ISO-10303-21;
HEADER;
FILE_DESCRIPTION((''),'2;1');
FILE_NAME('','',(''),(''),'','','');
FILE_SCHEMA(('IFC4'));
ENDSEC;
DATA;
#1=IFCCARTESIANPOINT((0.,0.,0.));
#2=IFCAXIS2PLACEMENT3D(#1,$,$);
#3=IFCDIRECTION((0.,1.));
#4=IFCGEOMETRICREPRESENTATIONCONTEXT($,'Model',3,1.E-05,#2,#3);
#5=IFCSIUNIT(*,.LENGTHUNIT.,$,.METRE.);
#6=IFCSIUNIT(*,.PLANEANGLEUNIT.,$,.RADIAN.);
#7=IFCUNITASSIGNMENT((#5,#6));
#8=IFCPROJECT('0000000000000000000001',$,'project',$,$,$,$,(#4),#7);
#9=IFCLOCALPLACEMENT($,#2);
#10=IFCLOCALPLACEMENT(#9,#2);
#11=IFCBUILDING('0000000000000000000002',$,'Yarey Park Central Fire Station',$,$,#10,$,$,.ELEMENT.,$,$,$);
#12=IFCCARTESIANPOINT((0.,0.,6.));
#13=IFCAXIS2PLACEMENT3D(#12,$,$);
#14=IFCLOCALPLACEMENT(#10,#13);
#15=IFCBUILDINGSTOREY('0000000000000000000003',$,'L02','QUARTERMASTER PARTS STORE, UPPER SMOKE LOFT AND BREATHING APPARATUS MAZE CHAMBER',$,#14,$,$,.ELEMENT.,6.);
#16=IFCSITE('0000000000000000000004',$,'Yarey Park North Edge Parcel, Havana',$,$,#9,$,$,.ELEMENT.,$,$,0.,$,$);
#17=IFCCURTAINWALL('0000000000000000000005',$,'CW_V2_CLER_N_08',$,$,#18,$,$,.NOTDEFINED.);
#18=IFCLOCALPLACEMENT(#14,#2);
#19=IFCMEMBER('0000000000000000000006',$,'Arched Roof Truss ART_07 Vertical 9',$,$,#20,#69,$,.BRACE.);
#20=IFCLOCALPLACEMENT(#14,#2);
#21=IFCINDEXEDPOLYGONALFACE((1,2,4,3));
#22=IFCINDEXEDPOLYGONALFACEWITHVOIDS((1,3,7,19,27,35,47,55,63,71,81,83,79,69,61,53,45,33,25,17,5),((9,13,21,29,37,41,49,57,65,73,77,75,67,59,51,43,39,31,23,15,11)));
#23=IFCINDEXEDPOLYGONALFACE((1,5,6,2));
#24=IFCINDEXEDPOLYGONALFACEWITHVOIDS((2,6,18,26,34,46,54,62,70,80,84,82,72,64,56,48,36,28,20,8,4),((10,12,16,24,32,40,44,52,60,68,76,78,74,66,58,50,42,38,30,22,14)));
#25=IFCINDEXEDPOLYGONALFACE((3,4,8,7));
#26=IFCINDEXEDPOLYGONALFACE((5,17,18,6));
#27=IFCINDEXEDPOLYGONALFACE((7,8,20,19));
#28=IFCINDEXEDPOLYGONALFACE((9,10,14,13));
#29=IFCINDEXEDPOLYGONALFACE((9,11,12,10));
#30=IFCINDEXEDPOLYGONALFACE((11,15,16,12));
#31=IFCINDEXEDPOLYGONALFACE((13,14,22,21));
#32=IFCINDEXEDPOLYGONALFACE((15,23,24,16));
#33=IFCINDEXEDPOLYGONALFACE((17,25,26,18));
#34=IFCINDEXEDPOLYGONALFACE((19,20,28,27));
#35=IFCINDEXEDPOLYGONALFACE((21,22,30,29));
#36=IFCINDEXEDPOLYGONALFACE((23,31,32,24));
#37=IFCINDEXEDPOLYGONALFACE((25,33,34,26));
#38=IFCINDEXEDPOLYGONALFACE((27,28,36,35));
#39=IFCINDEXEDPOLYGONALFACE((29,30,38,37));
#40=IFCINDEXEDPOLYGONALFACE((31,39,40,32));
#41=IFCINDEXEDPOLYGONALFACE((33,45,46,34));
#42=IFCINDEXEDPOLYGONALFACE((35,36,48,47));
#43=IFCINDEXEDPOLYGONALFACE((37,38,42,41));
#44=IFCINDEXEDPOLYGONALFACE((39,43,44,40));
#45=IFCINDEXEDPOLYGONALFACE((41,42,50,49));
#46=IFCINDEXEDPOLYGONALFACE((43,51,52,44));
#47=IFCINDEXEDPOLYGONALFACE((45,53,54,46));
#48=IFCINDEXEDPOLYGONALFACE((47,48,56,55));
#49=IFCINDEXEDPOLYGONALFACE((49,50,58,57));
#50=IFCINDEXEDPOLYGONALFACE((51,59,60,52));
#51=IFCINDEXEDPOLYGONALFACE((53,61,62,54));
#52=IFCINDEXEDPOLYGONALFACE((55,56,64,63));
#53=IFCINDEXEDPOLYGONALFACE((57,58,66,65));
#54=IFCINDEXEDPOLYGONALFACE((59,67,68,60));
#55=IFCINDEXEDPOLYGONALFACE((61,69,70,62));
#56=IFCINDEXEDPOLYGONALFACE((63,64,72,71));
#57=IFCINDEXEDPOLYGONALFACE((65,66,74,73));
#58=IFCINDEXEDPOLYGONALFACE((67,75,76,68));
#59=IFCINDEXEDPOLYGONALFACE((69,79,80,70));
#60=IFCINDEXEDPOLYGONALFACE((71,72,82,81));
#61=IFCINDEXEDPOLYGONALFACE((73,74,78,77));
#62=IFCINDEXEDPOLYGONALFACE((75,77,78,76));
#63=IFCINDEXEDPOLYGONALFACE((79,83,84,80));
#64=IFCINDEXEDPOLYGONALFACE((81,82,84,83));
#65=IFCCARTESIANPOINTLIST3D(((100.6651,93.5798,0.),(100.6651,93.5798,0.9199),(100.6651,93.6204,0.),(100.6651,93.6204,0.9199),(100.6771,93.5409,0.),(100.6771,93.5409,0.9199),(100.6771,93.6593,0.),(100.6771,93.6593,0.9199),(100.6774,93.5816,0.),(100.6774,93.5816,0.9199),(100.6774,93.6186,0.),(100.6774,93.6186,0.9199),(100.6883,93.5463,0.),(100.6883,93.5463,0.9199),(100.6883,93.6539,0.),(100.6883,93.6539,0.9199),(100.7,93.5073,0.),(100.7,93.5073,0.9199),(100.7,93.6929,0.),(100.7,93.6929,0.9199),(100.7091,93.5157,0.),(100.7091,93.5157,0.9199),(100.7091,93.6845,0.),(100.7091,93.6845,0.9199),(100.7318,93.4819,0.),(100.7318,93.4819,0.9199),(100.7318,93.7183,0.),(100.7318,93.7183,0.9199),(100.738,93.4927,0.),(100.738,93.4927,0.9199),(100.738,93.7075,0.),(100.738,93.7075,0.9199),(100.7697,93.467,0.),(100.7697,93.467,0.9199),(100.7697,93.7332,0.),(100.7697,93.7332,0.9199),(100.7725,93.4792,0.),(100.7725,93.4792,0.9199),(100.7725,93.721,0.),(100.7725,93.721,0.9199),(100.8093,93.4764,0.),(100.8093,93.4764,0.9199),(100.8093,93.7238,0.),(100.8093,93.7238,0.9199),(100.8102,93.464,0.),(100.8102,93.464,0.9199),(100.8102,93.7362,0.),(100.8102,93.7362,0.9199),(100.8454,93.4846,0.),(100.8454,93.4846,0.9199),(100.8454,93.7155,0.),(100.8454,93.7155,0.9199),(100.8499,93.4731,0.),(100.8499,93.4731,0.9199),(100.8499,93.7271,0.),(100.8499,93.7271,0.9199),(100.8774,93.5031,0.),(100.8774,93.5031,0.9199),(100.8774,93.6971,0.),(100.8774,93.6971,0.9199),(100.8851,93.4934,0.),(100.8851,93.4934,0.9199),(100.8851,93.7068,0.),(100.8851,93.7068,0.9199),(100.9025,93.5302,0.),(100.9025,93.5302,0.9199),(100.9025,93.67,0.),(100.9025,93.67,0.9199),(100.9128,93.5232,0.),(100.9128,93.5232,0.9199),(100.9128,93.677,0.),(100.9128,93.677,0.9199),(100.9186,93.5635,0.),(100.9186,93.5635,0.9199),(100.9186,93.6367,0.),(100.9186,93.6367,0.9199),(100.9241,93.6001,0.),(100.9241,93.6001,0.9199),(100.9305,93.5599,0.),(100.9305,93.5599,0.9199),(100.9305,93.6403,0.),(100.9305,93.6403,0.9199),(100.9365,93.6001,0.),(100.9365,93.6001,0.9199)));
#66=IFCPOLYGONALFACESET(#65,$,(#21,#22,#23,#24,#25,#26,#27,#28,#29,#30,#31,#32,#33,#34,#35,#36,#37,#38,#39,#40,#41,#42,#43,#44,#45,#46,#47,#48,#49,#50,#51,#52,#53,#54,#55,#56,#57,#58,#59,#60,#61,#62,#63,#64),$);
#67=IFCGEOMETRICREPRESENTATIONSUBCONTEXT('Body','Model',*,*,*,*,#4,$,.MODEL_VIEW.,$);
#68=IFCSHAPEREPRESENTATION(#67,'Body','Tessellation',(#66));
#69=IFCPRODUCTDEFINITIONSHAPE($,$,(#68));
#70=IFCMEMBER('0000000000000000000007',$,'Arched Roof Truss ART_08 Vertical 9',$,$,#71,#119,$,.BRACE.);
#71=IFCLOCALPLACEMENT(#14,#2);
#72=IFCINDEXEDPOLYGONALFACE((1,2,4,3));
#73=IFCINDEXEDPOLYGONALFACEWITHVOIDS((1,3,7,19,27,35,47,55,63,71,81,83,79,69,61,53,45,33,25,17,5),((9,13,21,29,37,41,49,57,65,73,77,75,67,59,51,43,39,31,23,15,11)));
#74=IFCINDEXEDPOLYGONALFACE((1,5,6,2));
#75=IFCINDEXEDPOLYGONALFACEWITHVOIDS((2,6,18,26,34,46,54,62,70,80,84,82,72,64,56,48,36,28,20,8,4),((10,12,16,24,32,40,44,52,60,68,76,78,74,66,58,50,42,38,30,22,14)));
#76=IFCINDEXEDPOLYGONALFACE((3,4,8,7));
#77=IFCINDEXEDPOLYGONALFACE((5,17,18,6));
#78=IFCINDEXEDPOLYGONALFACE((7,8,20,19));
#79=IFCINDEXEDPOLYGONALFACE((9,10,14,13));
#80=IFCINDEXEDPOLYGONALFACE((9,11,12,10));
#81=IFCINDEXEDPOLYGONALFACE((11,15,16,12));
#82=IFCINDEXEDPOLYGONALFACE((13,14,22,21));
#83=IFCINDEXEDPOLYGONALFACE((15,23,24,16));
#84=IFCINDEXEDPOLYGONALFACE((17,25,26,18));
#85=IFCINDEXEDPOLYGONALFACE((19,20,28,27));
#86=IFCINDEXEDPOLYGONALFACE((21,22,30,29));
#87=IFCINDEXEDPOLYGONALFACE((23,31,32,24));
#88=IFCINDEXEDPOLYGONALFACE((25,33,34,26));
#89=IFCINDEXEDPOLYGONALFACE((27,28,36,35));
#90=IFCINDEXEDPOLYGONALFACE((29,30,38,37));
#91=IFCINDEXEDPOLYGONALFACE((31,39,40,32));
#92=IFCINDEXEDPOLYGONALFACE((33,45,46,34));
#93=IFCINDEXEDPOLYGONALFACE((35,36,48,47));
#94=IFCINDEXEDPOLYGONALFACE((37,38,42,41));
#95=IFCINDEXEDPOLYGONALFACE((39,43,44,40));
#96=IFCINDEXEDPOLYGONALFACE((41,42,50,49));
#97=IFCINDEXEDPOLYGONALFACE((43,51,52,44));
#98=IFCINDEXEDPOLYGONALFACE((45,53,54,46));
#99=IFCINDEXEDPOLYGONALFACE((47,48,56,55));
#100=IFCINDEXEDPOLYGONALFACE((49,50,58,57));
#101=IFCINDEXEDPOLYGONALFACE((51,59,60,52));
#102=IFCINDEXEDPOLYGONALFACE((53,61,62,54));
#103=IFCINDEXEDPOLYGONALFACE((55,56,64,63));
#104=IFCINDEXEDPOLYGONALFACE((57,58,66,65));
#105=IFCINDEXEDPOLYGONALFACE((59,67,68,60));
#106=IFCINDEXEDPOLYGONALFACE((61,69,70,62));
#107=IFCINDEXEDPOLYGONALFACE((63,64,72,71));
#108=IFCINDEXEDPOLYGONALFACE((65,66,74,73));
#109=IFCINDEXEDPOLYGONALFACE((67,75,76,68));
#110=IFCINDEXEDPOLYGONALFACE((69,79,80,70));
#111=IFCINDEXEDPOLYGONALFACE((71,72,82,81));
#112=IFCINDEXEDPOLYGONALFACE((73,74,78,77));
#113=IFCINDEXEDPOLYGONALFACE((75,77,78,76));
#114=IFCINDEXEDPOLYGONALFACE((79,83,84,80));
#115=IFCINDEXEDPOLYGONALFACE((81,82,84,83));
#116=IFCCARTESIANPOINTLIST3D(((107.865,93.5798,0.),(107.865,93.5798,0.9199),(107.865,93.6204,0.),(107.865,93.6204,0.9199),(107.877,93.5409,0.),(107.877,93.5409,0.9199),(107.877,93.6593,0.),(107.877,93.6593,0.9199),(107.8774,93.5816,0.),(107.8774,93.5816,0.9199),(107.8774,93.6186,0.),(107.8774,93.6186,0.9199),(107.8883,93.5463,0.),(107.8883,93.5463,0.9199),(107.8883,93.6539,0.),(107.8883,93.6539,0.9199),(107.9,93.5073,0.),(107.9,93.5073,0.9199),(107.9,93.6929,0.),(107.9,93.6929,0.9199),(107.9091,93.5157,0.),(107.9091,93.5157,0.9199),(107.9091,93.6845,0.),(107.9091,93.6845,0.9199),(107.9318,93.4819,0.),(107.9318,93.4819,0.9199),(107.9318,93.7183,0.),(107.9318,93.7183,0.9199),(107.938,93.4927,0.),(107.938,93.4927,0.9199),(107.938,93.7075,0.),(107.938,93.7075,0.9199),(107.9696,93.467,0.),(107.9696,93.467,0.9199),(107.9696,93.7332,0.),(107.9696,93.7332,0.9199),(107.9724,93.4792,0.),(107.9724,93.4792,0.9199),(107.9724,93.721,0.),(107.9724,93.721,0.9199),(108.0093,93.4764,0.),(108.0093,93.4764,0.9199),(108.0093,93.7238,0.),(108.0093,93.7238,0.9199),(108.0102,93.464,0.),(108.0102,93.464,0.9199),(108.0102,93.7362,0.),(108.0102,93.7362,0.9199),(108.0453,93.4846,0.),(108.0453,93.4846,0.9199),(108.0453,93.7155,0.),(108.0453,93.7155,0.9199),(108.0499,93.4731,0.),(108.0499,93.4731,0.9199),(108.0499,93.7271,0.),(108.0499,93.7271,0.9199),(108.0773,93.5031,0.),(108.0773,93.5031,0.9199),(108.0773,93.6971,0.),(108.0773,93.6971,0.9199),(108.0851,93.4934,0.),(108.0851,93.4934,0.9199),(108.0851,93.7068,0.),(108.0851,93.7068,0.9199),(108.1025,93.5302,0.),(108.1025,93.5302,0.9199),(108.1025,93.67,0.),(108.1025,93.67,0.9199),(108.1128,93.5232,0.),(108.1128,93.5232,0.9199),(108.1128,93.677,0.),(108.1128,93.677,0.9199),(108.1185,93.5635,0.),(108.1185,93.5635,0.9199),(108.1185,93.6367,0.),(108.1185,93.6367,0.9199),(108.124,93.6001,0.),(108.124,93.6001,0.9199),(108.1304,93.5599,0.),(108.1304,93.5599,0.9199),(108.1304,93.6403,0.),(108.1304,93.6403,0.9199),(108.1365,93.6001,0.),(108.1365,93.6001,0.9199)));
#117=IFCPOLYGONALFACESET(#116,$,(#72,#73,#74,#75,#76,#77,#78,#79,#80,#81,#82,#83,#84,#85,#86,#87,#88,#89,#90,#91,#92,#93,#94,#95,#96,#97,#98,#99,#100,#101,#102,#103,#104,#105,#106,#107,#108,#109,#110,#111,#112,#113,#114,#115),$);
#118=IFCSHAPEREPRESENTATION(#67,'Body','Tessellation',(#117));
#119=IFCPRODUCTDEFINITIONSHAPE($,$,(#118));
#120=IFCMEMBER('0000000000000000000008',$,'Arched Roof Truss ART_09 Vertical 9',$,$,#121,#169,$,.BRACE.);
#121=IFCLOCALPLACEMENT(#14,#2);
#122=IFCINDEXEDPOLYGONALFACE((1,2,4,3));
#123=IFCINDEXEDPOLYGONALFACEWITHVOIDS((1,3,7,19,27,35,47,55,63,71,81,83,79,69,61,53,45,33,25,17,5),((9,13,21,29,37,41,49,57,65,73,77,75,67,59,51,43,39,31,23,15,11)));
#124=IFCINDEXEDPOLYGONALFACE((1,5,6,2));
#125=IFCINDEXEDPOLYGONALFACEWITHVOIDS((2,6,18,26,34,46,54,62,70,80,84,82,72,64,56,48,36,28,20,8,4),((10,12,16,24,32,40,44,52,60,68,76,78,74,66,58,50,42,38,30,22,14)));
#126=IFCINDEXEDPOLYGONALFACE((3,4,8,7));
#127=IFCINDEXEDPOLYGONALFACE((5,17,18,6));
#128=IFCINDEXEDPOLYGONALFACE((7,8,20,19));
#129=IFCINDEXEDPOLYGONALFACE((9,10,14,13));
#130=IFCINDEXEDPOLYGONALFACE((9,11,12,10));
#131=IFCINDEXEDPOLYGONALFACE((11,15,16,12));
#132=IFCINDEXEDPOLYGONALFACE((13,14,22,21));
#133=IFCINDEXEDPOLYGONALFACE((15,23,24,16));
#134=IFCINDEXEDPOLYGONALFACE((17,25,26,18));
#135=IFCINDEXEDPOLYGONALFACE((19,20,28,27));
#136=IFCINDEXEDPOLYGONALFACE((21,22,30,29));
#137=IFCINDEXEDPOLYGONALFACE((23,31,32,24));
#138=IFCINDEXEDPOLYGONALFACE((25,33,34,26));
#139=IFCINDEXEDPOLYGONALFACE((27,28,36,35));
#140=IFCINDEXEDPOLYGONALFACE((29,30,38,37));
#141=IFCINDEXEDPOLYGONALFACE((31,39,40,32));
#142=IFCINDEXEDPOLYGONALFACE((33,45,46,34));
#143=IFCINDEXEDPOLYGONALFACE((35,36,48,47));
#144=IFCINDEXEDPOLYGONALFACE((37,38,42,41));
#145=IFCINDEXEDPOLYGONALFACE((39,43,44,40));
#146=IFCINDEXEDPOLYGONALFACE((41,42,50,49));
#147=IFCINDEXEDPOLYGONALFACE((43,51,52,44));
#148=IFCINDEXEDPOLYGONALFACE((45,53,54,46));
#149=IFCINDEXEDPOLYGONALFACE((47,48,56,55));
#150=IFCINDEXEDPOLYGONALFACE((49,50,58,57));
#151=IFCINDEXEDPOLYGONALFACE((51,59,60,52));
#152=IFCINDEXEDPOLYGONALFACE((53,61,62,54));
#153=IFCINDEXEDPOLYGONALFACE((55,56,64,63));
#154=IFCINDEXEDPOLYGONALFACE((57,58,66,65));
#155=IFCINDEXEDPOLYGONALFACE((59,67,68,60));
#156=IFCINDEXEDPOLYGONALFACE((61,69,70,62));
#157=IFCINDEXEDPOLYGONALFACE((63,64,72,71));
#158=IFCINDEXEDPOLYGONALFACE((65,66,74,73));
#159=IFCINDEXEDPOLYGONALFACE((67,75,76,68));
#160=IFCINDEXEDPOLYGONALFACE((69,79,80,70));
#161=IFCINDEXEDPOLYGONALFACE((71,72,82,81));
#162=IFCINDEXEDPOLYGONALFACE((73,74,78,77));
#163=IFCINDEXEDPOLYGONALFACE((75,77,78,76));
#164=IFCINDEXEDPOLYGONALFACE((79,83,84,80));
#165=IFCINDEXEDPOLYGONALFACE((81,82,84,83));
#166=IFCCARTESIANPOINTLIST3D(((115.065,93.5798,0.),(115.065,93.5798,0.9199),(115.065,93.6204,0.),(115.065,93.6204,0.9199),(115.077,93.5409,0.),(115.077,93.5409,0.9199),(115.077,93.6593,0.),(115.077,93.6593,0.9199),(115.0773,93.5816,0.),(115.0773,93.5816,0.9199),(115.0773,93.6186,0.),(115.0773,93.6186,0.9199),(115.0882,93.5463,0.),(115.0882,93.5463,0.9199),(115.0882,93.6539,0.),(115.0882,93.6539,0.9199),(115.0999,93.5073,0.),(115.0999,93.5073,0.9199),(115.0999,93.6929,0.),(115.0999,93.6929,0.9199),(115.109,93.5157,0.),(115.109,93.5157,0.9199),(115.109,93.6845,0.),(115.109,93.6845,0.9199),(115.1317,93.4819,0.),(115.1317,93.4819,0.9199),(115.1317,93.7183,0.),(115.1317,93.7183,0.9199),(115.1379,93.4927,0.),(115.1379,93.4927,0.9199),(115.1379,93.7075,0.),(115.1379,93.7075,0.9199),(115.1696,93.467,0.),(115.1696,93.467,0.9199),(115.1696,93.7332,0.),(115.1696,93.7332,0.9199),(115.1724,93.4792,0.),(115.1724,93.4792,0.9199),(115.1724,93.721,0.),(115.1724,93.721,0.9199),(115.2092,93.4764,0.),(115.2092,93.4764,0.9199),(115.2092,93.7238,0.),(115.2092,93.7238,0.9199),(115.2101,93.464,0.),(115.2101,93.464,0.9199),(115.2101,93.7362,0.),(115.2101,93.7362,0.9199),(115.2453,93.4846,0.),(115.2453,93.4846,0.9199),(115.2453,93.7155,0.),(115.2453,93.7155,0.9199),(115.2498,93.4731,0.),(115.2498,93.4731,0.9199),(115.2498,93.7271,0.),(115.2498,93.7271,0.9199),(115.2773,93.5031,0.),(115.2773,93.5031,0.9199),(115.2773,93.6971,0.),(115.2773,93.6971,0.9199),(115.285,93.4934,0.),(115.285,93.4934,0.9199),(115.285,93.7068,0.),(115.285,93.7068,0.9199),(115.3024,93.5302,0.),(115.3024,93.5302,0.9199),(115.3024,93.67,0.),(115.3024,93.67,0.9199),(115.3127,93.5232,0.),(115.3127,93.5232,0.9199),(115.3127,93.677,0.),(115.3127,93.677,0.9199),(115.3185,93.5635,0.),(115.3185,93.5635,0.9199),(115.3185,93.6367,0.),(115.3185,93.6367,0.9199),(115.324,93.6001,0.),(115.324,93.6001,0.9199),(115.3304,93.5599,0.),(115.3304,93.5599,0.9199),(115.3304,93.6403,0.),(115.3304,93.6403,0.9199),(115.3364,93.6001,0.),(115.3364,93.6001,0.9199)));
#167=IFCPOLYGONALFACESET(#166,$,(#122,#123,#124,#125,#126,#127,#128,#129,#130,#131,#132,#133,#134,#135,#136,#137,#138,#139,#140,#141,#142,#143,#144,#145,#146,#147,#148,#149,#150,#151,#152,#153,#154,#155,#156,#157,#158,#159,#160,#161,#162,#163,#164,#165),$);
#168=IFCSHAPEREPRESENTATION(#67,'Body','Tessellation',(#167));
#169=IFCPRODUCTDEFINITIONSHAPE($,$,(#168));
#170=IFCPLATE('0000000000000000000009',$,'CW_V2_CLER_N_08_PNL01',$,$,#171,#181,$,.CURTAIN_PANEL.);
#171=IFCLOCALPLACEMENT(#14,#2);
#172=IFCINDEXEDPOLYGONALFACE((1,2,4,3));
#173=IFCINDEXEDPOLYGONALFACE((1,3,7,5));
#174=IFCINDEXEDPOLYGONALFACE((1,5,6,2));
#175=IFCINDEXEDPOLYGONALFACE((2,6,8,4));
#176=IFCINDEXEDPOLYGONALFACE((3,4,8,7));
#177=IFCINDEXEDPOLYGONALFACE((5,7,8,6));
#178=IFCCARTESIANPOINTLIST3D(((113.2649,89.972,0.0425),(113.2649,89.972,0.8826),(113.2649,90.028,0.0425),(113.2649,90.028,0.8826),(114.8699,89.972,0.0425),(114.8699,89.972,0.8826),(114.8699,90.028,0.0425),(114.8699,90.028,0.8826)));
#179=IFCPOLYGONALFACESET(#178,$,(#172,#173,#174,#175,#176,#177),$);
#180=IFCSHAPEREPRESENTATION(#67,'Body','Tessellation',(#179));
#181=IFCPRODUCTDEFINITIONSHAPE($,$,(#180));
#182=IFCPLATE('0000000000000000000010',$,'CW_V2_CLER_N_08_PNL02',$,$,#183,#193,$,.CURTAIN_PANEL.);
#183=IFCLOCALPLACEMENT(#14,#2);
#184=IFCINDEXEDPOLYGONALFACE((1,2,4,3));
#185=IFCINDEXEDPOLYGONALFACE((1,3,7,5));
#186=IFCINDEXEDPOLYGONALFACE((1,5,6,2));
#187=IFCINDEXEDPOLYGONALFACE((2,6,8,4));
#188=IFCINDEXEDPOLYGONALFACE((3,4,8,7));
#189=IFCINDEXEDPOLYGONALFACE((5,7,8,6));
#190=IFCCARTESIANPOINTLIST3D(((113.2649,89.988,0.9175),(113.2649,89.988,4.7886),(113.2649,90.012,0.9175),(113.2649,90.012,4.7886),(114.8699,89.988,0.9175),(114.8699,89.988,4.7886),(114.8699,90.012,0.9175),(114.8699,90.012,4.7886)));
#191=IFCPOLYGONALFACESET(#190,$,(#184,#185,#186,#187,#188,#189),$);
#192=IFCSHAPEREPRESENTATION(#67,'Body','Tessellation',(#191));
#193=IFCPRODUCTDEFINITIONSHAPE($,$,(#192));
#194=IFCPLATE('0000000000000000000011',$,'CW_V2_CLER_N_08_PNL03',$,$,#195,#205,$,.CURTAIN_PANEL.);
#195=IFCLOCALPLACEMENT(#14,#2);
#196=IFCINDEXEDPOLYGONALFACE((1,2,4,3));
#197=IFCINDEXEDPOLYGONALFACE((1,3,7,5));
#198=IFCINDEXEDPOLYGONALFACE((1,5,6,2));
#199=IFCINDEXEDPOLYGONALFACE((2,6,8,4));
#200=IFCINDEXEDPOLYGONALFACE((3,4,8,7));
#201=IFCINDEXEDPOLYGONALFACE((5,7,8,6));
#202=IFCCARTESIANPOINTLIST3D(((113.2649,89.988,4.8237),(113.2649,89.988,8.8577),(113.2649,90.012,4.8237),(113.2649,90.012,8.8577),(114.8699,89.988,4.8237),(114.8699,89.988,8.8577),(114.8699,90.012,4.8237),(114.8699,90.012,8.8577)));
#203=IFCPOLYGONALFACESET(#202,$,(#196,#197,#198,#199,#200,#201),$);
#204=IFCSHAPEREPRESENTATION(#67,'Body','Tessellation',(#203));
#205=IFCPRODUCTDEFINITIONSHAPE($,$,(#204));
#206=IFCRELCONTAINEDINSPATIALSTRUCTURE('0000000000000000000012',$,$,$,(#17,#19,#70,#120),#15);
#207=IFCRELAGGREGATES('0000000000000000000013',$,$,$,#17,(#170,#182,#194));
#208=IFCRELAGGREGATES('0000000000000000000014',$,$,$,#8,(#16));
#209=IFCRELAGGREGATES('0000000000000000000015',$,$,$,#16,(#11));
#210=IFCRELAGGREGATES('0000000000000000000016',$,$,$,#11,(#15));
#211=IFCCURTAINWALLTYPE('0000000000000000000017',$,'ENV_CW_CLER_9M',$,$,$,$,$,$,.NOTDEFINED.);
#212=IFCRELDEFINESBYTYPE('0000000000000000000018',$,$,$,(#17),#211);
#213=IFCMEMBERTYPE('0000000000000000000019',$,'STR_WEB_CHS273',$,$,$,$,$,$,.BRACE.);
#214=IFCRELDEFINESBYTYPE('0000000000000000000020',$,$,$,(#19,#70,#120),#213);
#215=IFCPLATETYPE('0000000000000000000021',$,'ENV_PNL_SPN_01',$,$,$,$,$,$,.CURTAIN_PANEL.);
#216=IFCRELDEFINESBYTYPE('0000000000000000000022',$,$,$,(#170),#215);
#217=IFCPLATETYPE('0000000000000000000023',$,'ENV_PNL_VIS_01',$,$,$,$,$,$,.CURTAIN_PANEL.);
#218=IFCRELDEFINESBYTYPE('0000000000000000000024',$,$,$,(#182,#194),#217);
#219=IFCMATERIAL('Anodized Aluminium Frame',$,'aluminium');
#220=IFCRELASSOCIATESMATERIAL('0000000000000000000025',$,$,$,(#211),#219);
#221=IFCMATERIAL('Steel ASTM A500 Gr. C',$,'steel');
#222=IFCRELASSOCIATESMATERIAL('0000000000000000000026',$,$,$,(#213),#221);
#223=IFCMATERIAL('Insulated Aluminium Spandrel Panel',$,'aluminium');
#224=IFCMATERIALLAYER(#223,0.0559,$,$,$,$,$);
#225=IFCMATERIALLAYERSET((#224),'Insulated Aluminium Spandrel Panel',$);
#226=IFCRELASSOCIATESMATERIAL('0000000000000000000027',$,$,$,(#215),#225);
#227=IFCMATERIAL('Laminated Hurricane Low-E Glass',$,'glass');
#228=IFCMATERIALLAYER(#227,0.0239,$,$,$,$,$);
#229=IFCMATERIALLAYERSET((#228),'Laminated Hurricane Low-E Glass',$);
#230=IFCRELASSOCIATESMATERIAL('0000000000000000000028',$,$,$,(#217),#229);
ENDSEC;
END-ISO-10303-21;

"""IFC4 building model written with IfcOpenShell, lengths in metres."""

from ifc_helpers import new_model, si_unit, direction, frame, origin, origin_2d, place, context, subcontext, project, spatial, rectangle, hollow_circle, extrude, material, layer, layer_set, material_profile, profile_set, type_object, element, aggregate, save


model = new_model("IFC4")

# Units and contexts
model_context = context("Model", 3, precision=1e-05, world=origin(), true_north=direction((0.0, 1.0)))
body_context = subcontext(model_context, "Body", "Model", "MODEL_VIEW")
ifc_project = project(units=[si_unit("LENGTHUNIT", "METRE"), si_unit("PLANEANGLEUNIT", "RADIAN")], contexts=[model_context])

# Site, building, storey
site_placement = place(None, origin())
site = spatial("IfcSite", under=ifc_project, at=site_placement, Name="Yarey Park North Edge Parcel, Havana", CompositionType="ELEMENT", RefElevation=0.0)
building_placement = place(site_placement, origin())
building = spatial("IfcBuilding", under=site, at=building_placement, Name="Yarey Park Central Fire Station", CompositionType="ELEMENT")
storey_placement = place(building_placement, frame((0.0, 0.0, 6.0)))
storey = spatial("IfcBuildingStorey", under=building, at=storey_placement, Name="L02", Description="QUARTERMASTER PARTS STORE, UPPER SMOKE LOFT AND BREATHING APPARATUS MAZE CHAMBER", CompositionType="ELEMENT", Elevation=6.0)

# Curtain wall
ifc_material_1 = material(Name="Anodized Aluminium Frame", Category="aluminium")
curtain_wall_type = type_object("IfcCurtainWallType", Name="ENV_CW_CLER_9M", PredefinedType="NOTDEFINED", material=ifc_material_1)
curtain_wall_placement = place(storey_placement, origin())
curtain_wall = element("IfcCurtainWall", 1, at=curtain_wall_placement, inside=storey, type_object=curtain_wall_type, Name="CW_V2_CLER_N_08", PredefinedType="NOTDEFINED")

# Members
ifc_material_2 = material(Name="Steel ASTM A500 Gr. C", Category="steel")
ifc_material_profile_1 = material_profile(ifc_material_2, hollow_circle(Radius=0.1365, WallThickness=0.0125, at=origin_2d()), Name="CHS 273x12.5")
ifc_profile_set_1 = profile_set([ifc_material_profile_1], Name="Steel ASTM A500 Gr. C")
member_type_1 = type_object("IfcMemberType", Name="STR_WEB_CHS273", PredefinedType="BRACE", material=ifc_profile_set_1)
for number, where, z_axis, x_axis, name in (
    (2, (100.8, 93.6001, 0.0), (0.0, 0.0, 1.0), (1.0, 0.0, 0.0), "Arched Roof Truss ART_07 Vertical 9"),
    (3, (108.0, 93.6001, 0.0), (0.0, 0.0, 1.0), (1.0, 0.0, 0.0), "Arched Roof Truss ART_08 Vertical 9"),
    (4, (115.2, 93.6001, 0.0), (0.0, 0.0, 1.0), (1.0, 0.0, 0.0), "Arched Roof Truss ART_09 Vertical 9"),
):
    element("IfcMember", number, at=place(storey_placement, frame(where, z_axis=z_axis, x_axis=x_axis)), inside=storey, type_object=member_type_1, Name=name, PredefinedType="BRACE", context=body_context, shape_type="SweptSolid", body=[
        extrude(hollow_circle(Radius=0.1365, WallThickness=0.0125, at=origin_2d()), origin(), (0.0, 0.0, 1.0), 0.9199),
    ])

# Plates
ifc_material_3 = material(Name="Insulated Aluminium Spandrel Panel", Category="aluminium")
ifc_layer_1 = layer(ifc_material_3, 0.0559)
ifc_layer_set_1 = layer_set([ifc_layer_1], Name="Insulated Aluminium Spandrel Panel")
plate_type_1 = type_object("IfcPlateType", Name="ENV_PNL_SPN_01", PredefinedType="CURTAIN_PANEL", material=ifc_layer_set_1)
plate_1_placement = place(storey_placement, frame((114.0674, 90.0, 0.0425), z_axis=(0.0, 0.0, 1.0), x_axis=(-1.0, 0.0, 0.0)))
plate_1 = element("IfcPlate", 5, at=plate_1_placement, type_object=plate_type_1, Name="CW_V2_CLER_N_08_PNL01", PredefinedType="CURTAIN_PANEL", context=body_context, shape_type="SweptSolid", body=[
    extrude(rectangle(XDim=1.605, YDim=0.0559, at=origin_2d()), origin(), (0.0, 0.0, 1.0), 0.8401),
])
ifc_material_4 = material(Name="Laminated Hurricane Low-E Glass", Category="glass")
ifc_layer_2 = layer(ifc_material_4, 0.0239)
ifc_layer_set_2 = layer_set([ifc_layer_2], Name="Laminated Hurricane Low-E Glass")
plate_type_2 = type_object("IfcPlateType", Name="ENV_PNL_VIS_01", PredefinedType="CURTAIN_PANEL", material=ifc_layer_set_2)
plate_2_placement = place(storey_placement, frame((114.0674, 90.0, 0.9175), z_axis=(0.0, 0.0, 1.0), x_axis=(-1.0, 0.0, 0.0)))
plate_2 = element("IfcPlate", 6, at=plate_2_placement, type_object=plate_type_2, Name="CW_V2_CLER_N_08_PNL02", PredefinedType="CURTAIN_PANEL", context=body_context, shape_type="SweptSolid", body=[
    extrude(rectangle(XDim=1.605, YDim=0.0239, at=origin_2d()), origin(), (0.0, 0.0, 1.0), 3.8711),
])
plate_3_placement = place(storey_placement, frame((114.0674, 90.0, 4.8237), z_axis=(0.0, 0.0, 1.0), x_axis=(-1.0, 0.0, 0.0)))
plate_3 = element("IfcPlate", 7, at=plate_3_placement, type_object=plate_type_2, Name="CW_V2_CLER_N_08_PNL03", PredefinedType="CURTAIN_PANEL", context=body_context, shape_type="SweptSolid", body=[
    extrude(rectangle(XDim=1.605, YDim=0.0239, at=origin_2d()), origin(), (0.0, 0.0, 1.0), 4.0339),
])
aggregate(curtain_wall, [plate_1, plate_2, plate_3])

save(model, "model.ifc")
